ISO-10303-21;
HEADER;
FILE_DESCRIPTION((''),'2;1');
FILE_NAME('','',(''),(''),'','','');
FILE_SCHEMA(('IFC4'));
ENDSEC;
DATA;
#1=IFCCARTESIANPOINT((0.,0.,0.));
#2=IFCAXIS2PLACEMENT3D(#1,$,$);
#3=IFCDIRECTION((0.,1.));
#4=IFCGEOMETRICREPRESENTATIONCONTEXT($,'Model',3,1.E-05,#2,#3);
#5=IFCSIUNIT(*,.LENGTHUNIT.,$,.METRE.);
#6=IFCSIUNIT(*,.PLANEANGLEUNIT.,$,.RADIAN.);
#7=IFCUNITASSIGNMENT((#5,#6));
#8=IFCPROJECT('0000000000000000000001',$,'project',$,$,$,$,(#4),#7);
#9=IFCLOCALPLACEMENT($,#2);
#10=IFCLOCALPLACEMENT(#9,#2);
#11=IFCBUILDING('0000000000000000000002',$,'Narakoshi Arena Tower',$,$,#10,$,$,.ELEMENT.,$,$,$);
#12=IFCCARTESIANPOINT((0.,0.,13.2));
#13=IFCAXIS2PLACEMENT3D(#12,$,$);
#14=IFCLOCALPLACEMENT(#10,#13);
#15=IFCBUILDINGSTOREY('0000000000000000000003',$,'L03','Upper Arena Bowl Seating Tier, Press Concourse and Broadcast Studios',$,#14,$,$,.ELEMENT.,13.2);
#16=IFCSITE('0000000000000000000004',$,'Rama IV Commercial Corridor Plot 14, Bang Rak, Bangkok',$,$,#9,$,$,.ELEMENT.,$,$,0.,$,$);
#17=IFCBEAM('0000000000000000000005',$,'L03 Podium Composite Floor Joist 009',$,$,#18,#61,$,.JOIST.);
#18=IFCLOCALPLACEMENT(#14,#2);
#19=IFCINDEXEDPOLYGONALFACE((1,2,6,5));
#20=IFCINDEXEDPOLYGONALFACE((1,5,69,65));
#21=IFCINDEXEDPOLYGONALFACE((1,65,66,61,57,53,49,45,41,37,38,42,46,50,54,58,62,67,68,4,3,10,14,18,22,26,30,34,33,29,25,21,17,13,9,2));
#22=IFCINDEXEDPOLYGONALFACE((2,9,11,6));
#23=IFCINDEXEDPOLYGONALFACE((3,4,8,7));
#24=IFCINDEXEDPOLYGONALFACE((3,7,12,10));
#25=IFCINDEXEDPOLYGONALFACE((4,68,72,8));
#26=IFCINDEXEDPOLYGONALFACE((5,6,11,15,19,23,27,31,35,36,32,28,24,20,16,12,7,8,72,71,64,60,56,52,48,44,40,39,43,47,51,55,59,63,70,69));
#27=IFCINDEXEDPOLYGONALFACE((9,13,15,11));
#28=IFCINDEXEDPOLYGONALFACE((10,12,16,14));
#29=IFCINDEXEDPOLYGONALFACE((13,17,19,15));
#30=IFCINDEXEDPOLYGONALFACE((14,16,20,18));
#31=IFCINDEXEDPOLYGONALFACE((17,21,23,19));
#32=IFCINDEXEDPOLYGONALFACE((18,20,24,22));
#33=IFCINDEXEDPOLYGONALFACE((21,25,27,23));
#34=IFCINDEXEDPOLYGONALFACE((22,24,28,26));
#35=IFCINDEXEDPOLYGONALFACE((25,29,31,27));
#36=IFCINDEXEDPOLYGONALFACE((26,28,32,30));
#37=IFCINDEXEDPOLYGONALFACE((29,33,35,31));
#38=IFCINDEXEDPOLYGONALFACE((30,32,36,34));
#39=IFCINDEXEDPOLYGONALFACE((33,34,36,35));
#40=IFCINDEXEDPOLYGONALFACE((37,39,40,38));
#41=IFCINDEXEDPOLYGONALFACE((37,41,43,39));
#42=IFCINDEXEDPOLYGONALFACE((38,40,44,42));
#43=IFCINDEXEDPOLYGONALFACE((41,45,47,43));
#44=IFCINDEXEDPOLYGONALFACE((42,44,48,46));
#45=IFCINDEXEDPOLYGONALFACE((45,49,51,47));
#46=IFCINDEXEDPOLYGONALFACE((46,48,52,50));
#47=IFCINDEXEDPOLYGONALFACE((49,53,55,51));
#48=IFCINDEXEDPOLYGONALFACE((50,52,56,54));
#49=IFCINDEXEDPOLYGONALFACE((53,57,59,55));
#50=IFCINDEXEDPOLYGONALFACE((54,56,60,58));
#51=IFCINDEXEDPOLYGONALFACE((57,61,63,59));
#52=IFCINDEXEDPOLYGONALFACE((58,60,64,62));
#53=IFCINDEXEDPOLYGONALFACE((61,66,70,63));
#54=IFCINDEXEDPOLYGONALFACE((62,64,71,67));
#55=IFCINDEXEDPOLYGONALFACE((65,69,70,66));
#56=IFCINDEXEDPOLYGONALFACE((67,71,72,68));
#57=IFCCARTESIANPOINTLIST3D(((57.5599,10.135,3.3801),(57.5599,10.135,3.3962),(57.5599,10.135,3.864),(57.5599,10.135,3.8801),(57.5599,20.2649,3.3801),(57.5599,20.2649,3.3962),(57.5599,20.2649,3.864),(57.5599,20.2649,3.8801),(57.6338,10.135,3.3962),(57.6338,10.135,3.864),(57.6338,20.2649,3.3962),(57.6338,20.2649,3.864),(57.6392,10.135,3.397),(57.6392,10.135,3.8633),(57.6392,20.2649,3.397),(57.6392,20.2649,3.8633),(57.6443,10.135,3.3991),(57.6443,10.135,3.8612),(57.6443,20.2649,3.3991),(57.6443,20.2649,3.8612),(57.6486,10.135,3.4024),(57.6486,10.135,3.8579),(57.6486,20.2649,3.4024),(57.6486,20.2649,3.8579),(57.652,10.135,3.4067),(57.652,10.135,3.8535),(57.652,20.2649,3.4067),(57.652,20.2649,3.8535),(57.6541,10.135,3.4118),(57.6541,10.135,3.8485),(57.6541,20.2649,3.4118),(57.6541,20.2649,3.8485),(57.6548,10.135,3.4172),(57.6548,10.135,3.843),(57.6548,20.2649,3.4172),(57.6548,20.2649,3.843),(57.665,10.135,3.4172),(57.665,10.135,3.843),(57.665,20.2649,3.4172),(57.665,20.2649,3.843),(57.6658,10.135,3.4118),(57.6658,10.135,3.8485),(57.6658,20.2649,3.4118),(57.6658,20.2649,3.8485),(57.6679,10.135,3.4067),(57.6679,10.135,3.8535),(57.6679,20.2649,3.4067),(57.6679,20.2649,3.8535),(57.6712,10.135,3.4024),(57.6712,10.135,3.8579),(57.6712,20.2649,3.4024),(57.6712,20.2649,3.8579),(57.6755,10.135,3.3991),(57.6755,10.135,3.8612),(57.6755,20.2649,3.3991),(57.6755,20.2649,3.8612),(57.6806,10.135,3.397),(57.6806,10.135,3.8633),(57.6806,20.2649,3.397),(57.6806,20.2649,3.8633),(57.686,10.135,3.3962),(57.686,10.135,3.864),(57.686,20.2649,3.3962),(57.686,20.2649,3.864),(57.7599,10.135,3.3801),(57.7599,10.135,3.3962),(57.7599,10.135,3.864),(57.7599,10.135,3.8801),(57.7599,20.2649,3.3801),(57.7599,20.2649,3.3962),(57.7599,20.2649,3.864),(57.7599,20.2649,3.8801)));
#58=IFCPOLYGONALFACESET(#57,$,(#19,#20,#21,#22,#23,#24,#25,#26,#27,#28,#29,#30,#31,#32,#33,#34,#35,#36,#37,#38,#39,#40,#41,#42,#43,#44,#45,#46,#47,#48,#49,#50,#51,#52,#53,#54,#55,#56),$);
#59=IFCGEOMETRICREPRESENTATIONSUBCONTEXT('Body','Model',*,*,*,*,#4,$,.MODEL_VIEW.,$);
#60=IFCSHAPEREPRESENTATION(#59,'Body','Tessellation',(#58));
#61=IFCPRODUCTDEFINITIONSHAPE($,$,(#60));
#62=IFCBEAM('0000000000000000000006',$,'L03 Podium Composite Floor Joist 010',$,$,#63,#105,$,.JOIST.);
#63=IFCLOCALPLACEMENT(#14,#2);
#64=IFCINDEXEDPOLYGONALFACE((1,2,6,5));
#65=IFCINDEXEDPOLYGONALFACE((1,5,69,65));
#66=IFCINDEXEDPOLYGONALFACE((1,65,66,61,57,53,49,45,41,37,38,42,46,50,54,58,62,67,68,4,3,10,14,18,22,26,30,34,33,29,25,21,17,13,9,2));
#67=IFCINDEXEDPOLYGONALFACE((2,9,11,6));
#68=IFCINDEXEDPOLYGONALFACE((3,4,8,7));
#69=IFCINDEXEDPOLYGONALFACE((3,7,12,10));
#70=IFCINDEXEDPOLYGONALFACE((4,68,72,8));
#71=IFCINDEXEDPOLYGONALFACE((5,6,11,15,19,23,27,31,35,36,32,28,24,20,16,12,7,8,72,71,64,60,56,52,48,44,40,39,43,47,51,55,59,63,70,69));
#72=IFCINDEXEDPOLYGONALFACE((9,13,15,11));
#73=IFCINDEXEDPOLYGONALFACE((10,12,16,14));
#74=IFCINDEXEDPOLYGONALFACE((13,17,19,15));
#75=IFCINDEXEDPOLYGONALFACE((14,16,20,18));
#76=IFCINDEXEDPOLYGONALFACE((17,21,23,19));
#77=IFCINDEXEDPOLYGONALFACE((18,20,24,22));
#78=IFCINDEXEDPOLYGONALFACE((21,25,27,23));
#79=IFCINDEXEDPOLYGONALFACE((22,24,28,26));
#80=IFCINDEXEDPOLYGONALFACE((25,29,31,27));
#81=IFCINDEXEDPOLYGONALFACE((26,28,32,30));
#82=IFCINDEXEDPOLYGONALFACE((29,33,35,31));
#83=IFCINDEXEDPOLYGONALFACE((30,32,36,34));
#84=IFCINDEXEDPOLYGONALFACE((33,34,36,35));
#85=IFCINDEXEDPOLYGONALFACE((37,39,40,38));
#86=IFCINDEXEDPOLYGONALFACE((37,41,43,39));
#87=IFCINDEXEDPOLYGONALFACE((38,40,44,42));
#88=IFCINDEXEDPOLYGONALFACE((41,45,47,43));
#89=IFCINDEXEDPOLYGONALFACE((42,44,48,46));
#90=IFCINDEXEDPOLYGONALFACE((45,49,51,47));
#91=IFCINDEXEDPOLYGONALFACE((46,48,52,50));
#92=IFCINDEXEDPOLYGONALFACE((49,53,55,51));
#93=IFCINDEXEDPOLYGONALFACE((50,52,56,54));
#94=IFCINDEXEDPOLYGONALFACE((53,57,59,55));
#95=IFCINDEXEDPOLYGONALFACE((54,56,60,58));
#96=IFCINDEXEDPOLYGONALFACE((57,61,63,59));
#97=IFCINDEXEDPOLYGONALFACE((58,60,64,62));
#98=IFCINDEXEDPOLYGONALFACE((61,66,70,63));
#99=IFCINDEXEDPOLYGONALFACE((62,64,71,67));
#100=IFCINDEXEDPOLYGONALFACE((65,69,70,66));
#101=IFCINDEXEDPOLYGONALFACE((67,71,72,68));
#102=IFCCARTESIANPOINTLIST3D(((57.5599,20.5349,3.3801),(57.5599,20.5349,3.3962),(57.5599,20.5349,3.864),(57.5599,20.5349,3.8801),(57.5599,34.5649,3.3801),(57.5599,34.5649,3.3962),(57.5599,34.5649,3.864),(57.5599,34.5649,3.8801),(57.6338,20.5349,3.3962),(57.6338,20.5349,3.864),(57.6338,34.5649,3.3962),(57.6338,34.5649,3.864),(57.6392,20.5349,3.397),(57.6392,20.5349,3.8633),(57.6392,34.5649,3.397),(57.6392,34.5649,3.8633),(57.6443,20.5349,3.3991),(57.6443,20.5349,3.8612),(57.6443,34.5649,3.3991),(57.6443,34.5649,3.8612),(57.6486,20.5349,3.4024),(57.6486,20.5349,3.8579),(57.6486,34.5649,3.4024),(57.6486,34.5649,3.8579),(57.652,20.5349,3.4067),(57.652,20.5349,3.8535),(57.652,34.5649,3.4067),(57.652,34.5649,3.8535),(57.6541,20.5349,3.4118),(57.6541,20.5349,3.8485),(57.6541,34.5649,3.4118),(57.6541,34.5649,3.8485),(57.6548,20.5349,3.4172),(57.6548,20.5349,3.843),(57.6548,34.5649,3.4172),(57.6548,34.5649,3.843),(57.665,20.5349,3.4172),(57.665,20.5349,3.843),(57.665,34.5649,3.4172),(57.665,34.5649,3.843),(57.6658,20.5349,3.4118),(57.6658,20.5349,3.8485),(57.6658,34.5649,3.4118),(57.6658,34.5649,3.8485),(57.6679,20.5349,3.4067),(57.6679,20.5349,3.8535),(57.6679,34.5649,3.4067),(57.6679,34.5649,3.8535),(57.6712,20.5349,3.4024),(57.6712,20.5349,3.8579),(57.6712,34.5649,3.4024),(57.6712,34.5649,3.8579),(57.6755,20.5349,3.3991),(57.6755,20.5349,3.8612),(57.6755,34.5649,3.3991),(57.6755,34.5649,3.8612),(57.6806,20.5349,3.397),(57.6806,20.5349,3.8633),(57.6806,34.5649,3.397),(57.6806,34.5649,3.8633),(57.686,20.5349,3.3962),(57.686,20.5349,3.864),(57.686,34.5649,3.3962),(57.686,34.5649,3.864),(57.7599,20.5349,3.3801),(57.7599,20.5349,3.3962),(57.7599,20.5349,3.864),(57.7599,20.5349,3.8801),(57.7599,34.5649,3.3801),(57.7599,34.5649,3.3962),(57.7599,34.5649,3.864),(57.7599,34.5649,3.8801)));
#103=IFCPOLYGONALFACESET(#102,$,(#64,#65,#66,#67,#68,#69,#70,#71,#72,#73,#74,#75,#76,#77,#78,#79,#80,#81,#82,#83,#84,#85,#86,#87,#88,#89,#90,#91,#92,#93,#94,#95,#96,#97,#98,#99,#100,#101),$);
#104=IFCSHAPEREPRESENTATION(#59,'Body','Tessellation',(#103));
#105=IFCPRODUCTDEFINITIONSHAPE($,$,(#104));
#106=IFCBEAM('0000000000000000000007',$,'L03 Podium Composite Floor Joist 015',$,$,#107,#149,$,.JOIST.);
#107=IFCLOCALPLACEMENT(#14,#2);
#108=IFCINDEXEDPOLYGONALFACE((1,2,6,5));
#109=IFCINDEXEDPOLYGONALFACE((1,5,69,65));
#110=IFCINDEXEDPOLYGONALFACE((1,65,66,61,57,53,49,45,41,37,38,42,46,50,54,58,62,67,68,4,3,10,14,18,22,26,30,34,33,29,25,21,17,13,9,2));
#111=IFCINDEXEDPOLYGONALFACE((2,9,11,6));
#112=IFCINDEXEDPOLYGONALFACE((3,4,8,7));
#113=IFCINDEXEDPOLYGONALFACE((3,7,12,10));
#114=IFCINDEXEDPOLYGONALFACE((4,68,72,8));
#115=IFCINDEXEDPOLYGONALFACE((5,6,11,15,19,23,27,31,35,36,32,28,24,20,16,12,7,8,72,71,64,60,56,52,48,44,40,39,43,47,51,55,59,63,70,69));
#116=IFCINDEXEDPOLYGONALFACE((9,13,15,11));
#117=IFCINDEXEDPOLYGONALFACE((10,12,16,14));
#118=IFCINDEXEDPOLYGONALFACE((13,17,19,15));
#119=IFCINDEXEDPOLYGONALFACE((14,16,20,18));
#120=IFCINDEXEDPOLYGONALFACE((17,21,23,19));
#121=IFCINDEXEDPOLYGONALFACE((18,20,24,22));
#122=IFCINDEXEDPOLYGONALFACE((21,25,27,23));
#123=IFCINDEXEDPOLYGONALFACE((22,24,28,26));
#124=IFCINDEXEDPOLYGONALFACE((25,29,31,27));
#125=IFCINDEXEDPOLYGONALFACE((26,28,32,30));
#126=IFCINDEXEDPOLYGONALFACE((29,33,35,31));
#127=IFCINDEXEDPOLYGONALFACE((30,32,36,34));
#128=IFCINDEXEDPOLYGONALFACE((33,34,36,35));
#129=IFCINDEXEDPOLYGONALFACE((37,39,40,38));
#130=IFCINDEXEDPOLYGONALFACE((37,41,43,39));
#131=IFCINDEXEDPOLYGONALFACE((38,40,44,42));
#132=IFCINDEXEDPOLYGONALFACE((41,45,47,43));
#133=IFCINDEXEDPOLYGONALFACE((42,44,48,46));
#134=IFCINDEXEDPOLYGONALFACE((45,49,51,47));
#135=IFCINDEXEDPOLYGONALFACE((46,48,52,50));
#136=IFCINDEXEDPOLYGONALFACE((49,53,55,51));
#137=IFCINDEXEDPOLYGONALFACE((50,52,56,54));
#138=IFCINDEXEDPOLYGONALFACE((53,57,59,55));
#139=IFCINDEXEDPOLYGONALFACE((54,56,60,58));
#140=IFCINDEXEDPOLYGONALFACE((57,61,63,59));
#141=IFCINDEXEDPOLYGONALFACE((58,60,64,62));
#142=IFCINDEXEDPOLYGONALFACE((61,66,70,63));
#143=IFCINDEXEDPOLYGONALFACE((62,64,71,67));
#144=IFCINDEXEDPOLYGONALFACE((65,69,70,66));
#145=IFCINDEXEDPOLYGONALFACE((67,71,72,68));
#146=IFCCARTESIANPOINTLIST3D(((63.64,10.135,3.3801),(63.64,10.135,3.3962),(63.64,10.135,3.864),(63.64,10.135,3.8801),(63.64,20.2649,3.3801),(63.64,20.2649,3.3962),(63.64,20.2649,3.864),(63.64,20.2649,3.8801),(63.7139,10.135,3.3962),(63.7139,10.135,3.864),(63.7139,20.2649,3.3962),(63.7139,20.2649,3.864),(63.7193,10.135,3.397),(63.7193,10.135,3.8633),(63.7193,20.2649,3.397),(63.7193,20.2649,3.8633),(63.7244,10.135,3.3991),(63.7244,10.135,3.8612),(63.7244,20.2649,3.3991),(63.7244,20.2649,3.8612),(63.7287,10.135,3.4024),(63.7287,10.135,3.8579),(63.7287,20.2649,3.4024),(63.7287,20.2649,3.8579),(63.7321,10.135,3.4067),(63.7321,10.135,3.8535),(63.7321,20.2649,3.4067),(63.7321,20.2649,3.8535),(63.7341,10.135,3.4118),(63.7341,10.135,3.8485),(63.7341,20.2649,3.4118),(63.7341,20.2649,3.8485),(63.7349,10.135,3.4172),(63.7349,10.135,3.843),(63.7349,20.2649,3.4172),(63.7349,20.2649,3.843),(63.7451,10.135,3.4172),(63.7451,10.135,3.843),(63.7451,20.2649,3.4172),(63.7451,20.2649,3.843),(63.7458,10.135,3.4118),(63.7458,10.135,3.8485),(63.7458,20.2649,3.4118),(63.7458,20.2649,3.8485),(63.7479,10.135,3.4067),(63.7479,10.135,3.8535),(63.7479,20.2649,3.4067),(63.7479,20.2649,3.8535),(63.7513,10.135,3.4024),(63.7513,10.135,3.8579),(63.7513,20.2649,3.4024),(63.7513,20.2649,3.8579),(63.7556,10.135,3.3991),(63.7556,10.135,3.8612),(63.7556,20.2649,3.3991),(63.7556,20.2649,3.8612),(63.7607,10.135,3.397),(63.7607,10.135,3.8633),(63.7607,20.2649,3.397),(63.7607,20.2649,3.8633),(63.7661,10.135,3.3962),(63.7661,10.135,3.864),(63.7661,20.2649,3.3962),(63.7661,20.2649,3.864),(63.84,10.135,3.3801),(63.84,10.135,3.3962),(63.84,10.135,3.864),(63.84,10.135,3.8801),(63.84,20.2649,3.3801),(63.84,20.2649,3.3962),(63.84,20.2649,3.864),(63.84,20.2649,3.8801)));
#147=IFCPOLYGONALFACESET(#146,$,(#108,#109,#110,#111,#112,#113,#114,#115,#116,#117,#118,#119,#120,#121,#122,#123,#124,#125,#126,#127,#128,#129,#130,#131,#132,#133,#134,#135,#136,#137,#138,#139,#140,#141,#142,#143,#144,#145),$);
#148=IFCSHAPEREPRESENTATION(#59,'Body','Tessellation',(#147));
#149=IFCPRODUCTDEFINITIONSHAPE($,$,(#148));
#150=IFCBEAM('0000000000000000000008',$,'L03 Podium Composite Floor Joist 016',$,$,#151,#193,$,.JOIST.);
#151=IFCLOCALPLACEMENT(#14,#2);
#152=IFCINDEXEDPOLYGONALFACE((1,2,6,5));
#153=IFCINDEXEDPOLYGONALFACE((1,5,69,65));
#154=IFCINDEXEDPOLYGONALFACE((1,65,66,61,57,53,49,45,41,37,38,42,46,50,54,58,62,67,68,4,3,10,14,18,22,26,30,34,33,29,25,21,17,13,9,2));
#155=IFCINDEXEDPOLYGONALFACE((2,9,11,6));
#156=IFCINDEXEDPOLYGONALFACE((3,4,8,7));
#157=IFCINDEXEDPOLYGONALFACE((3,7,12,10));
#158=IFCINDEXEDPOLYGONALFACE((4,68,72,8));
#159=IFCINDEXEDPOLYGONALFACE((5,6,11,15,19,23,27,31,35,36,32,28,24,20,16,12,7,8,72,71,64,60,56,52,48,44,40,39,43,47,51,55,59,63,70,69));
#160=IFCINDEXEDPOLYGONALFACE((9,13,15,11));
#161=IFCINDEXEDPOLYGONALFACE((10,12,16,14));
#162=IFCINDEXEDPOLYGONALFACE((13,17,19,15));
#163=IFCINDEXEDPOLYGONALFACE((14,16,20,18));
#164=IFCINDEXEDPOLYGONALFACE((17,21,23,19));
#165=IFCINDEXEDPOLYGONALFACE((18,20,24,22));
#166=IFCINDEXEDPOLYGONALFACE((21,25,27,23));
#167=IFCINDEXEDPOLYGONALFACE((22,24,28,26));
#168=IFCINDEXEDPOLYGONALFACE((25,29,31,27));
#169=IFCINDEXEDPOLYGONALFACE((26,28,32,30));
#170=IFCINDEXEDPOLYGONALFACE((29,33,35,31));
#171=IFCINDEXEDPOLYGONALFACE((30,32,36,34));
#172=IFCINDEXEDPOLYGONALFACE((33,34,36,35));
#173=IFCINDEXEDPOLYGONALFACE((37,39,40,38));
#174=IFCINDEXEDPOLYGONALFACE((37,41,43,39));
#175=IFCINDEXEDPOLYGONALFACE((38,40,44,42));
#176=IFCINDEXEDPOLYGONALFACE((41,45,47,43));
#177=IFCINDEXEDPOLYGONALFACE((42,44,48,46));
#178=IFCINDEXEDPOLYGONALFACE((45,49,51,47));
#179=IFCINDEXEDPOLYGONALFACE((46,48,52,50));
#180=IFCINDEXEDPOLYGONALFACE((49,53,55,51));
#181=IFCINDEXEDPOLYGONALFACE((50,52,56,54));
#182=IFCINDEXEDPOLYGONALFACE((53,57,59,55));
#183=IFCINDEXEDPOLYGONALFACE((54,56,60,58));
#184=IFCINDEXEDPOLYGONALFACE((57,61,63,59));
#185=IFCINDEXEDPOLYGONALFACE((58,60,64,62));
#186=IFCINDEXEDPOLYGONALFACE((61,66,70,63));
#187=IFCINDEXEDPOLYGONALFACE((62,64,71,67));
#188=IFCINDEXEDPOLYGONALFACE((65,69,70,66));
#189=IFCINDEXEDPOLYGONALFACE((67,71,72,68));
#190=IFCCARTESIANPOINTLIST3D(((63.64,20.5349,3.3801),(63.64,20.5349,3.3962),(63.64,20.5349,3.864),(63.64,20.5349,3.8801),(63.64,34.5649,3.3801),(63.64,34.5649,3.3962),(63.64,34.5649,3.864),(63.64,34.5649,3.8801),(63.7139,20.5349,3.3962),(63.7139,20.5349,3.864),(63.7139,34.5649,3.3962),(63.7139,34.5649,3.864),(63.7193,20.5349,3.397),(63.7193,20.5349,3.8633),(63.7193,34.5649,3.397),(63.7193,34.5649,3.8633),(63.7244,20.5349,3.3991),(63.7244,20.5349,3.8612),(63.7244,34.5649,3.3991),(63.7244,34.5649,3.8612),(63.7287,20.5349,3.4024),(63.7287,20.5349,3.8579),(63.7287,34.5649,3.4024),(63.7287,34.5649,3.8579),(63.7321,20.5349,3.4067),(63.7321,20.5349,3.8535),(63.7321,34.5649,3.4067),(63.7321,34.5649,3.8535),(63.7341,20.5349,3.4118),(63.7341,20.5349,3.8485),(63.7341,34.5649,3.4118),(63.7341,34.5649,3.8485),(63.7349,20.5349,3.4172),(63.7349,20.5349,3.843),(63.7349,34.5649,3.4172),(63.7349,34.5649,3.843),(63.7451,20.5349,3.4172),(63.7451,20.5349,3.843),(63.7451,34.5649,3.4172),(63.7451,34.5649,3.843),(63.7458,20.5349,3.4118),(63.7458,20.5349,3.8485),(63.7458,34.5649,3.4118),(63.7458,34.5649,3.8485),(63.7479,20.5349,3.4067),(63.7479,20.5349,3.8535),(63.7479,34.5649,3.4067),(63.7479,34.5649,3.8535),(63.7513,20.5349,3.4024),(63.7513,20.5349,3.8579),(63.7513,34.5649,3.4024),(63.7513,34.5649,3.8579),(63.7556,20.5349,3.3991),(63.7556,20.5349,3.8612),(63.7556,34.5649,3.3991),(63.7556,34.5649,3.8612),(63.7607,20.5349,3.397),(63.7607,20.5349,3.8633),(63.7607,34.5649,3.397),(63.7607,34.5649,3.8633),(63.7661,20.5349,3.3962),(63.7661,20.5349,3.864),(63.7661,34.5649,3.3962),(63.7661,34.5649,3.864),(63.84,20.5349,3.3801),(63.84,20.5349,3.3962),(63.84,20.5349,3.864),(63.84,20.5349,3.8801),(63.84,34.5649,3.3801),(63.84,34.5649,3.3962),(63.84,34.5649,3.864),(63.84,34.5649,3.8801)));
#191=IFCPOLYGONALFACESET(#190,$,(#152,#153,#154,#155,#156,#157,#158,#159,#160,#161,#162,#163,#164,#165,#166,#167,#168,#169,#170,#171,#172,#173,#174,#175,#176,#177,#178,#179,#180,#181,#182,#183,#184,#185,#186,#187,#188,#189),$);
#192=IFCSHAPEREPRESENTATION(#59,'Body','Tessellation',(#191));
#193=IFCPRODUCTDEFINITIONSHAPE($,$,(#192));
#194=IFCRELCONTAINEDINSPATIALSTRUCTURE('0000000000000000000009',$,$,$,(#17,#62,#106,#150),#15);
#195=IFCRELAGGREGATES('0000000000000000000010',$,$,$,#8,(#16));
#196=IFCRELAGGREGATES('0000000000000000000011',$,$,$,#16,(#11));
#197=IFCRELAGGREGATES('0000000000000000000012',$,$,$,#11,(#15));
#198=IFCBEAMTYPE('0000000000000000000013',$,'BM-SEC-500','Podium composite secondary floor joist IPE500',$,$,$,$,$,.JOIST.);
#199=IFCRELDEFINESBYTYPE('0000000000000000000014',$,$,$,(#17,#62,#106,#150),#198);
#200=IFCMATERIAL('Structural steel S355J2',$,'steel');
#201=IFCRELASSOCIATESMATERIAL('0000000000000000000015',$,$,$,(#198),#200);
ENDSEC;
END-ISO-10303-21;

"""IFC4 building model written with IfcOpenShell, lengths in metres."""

from ifc_helpers import new_model, si_unit, direction, frame, origin, origin_2d, place, context, subcontext, project, spatial, i_section, extrude, material, material_profile, profile_set, type_object, element, save


model = new_model("IFC4")

# Units and contexts
model_context = context("Model", 3, precision=1e-05, world=origin(), true_north=direction((0.0, 1.0)))
body_context = subcontext(model_context, "Body", "Model", "MODEL_VIEW")
ifc_project = project(units=[si_unit("LENGTHUNIT", "METRE"), si_unit("PLANEANGLEUNIT", "RADIAN")], contexts=[model_context])

# Site, building, storey
site_placement = place(None, origin())
site = spatial("IfcSite", under=ifc_project, at=site_placement, Name="Rama IV Commercial Corridor Plot 14, Bang Rak, Bangkok", CompositionType="ELEMENT", RefElevation=0.0)
building_placement = place(site_placement, origin())
building = spatial("IfcBuilding", under=site, at=building_placement, Name="Narakoshi Arena Tower", CompositionType="ELEMENT")
storey_placement = place(building_placement, frame((0.0, 0.0, 13.2)))
storey = spatial("IfcBuildingStorey", under=building, at=storey_placement, Name="L03", Description="Upper Arena Bowl Seating Tier, Press Concourse and Broadcast Studios", CompositionType="ELEMENT", Elevation=13.2)

# Beams
ifc_material_1 = material(Name="Structural steel S355J2", Category="steel")
ifc_material_profile_1 = material_profile(ifc_material_1, i_section(OverallWidth=0.2, OverallDepth=0.5, WebThickness=0.0103, FlangeThickness=0.0161, FilletRadius=0.021, at=origin_2d()), Name="IPE500")
ifc_profile_set_1 = profile_set([ifc_material_profile_1], Name="Structural steel S355J2")
beam_type_1 = type_object("IfcBeamType", Name="BM-SEC-500", Description="Podium composite secondary floor joist IPE500", PredefinedType="JOIST", material=ifc_profile_set_1)
beam_1_placement = place(storey_placement, frame((57.6599, 10.135, 3.6301), z_axis=(0.0, 1.0, 0.0), x_axis=(-1.0, 0.0, 0.0)))
element("IfcBeam", 1, at=beam_1_placement, inside=storey, type_object=beam_type_1, Name="L03 Podium Composite Floor Joist 009", PredefinedType="JOIST", context=body_context, shape_type="SweptSolid", body=[
    extrude(i_section(OverallWidth=0.2, OverallDepth=0.5, WebThickness=0.0103, FlangeThickness=0.0161, FilletRadius=0.021, at=origin_2d()), origin(), (0.0, 0.0, 1.0), 10.1299),
])
beam_2_placement = place(storey_placement, frame((57.6599, 20.5349, 3.6301), z_axis=(0.0, 1.0, 0.0), x_axis=(-1.0, 0.0, 0.0)))
element("IfcBeam", 2, at=beam_2_placement, inside=storey, type_object=beam_type_1, Name="L03 Podium Composite Floor Joist 010", PredefinedType="JOIST", context=body_context, shape_type="SweptSolid", body=[
    extrude(i_section(OverallWidth=0.2, OverallDepth=0.5, WebThickness=0.0103, FlangeThickness=0.0161, FilletRadius=0.021, at=origin_2d()), origin(), (0.0, 0.0, 1.0), 14.03),
])
beam_3_placement = place(storey_placement, frame((63.74, 10.135, 3.6301), z_axis=(0.0, 1.0, 0.0), x_axis=(-1.0, 0.0, 0.0)))
element("IfcBeam", 3, at=beam_3_placement, inside=storey, type_object=beam_type_1, Name="L03 Podium Composite Floor Joist 015", PredefinedType="JOIST", context=body_context, shape_type="SweptSolid", body=[
    extrude(i_section(OverallWidth=0.2, OverallDepth=0.5, WebThickness=0.0103, FlangeThickness=0.0161, FilletRadius=0.021, at=origin_2d()), origin(), (0.0, 0.0, 1.0), 10.1299),
])
beam_4_placement = place(storey_placement, frame((63.74, 20.5349, 3.6301), z_axis=(0.0, 1.0, 0.0), x_axis=(-1.0, 0.0, 0.0)))
element("IfcBeam", 4, at=beam_4_placement, inside=storey, type_object=beam_type_1, Name="L03 Podium Composite Floor Joist 016", PredefinedType="JOIST", context=body_context, shape_type="SweptSolid", body=[
    extrude(i_section(OverallWidth=0.2, OverallDepth=0.5, WebThickness=0.0103, FlangeThickness=0.0161, FilletRadius=0.021, at=origin_2d()), origin(), (0.0, 0.0, 1.0), 14.03),
])

save(model, "model.ifc")
